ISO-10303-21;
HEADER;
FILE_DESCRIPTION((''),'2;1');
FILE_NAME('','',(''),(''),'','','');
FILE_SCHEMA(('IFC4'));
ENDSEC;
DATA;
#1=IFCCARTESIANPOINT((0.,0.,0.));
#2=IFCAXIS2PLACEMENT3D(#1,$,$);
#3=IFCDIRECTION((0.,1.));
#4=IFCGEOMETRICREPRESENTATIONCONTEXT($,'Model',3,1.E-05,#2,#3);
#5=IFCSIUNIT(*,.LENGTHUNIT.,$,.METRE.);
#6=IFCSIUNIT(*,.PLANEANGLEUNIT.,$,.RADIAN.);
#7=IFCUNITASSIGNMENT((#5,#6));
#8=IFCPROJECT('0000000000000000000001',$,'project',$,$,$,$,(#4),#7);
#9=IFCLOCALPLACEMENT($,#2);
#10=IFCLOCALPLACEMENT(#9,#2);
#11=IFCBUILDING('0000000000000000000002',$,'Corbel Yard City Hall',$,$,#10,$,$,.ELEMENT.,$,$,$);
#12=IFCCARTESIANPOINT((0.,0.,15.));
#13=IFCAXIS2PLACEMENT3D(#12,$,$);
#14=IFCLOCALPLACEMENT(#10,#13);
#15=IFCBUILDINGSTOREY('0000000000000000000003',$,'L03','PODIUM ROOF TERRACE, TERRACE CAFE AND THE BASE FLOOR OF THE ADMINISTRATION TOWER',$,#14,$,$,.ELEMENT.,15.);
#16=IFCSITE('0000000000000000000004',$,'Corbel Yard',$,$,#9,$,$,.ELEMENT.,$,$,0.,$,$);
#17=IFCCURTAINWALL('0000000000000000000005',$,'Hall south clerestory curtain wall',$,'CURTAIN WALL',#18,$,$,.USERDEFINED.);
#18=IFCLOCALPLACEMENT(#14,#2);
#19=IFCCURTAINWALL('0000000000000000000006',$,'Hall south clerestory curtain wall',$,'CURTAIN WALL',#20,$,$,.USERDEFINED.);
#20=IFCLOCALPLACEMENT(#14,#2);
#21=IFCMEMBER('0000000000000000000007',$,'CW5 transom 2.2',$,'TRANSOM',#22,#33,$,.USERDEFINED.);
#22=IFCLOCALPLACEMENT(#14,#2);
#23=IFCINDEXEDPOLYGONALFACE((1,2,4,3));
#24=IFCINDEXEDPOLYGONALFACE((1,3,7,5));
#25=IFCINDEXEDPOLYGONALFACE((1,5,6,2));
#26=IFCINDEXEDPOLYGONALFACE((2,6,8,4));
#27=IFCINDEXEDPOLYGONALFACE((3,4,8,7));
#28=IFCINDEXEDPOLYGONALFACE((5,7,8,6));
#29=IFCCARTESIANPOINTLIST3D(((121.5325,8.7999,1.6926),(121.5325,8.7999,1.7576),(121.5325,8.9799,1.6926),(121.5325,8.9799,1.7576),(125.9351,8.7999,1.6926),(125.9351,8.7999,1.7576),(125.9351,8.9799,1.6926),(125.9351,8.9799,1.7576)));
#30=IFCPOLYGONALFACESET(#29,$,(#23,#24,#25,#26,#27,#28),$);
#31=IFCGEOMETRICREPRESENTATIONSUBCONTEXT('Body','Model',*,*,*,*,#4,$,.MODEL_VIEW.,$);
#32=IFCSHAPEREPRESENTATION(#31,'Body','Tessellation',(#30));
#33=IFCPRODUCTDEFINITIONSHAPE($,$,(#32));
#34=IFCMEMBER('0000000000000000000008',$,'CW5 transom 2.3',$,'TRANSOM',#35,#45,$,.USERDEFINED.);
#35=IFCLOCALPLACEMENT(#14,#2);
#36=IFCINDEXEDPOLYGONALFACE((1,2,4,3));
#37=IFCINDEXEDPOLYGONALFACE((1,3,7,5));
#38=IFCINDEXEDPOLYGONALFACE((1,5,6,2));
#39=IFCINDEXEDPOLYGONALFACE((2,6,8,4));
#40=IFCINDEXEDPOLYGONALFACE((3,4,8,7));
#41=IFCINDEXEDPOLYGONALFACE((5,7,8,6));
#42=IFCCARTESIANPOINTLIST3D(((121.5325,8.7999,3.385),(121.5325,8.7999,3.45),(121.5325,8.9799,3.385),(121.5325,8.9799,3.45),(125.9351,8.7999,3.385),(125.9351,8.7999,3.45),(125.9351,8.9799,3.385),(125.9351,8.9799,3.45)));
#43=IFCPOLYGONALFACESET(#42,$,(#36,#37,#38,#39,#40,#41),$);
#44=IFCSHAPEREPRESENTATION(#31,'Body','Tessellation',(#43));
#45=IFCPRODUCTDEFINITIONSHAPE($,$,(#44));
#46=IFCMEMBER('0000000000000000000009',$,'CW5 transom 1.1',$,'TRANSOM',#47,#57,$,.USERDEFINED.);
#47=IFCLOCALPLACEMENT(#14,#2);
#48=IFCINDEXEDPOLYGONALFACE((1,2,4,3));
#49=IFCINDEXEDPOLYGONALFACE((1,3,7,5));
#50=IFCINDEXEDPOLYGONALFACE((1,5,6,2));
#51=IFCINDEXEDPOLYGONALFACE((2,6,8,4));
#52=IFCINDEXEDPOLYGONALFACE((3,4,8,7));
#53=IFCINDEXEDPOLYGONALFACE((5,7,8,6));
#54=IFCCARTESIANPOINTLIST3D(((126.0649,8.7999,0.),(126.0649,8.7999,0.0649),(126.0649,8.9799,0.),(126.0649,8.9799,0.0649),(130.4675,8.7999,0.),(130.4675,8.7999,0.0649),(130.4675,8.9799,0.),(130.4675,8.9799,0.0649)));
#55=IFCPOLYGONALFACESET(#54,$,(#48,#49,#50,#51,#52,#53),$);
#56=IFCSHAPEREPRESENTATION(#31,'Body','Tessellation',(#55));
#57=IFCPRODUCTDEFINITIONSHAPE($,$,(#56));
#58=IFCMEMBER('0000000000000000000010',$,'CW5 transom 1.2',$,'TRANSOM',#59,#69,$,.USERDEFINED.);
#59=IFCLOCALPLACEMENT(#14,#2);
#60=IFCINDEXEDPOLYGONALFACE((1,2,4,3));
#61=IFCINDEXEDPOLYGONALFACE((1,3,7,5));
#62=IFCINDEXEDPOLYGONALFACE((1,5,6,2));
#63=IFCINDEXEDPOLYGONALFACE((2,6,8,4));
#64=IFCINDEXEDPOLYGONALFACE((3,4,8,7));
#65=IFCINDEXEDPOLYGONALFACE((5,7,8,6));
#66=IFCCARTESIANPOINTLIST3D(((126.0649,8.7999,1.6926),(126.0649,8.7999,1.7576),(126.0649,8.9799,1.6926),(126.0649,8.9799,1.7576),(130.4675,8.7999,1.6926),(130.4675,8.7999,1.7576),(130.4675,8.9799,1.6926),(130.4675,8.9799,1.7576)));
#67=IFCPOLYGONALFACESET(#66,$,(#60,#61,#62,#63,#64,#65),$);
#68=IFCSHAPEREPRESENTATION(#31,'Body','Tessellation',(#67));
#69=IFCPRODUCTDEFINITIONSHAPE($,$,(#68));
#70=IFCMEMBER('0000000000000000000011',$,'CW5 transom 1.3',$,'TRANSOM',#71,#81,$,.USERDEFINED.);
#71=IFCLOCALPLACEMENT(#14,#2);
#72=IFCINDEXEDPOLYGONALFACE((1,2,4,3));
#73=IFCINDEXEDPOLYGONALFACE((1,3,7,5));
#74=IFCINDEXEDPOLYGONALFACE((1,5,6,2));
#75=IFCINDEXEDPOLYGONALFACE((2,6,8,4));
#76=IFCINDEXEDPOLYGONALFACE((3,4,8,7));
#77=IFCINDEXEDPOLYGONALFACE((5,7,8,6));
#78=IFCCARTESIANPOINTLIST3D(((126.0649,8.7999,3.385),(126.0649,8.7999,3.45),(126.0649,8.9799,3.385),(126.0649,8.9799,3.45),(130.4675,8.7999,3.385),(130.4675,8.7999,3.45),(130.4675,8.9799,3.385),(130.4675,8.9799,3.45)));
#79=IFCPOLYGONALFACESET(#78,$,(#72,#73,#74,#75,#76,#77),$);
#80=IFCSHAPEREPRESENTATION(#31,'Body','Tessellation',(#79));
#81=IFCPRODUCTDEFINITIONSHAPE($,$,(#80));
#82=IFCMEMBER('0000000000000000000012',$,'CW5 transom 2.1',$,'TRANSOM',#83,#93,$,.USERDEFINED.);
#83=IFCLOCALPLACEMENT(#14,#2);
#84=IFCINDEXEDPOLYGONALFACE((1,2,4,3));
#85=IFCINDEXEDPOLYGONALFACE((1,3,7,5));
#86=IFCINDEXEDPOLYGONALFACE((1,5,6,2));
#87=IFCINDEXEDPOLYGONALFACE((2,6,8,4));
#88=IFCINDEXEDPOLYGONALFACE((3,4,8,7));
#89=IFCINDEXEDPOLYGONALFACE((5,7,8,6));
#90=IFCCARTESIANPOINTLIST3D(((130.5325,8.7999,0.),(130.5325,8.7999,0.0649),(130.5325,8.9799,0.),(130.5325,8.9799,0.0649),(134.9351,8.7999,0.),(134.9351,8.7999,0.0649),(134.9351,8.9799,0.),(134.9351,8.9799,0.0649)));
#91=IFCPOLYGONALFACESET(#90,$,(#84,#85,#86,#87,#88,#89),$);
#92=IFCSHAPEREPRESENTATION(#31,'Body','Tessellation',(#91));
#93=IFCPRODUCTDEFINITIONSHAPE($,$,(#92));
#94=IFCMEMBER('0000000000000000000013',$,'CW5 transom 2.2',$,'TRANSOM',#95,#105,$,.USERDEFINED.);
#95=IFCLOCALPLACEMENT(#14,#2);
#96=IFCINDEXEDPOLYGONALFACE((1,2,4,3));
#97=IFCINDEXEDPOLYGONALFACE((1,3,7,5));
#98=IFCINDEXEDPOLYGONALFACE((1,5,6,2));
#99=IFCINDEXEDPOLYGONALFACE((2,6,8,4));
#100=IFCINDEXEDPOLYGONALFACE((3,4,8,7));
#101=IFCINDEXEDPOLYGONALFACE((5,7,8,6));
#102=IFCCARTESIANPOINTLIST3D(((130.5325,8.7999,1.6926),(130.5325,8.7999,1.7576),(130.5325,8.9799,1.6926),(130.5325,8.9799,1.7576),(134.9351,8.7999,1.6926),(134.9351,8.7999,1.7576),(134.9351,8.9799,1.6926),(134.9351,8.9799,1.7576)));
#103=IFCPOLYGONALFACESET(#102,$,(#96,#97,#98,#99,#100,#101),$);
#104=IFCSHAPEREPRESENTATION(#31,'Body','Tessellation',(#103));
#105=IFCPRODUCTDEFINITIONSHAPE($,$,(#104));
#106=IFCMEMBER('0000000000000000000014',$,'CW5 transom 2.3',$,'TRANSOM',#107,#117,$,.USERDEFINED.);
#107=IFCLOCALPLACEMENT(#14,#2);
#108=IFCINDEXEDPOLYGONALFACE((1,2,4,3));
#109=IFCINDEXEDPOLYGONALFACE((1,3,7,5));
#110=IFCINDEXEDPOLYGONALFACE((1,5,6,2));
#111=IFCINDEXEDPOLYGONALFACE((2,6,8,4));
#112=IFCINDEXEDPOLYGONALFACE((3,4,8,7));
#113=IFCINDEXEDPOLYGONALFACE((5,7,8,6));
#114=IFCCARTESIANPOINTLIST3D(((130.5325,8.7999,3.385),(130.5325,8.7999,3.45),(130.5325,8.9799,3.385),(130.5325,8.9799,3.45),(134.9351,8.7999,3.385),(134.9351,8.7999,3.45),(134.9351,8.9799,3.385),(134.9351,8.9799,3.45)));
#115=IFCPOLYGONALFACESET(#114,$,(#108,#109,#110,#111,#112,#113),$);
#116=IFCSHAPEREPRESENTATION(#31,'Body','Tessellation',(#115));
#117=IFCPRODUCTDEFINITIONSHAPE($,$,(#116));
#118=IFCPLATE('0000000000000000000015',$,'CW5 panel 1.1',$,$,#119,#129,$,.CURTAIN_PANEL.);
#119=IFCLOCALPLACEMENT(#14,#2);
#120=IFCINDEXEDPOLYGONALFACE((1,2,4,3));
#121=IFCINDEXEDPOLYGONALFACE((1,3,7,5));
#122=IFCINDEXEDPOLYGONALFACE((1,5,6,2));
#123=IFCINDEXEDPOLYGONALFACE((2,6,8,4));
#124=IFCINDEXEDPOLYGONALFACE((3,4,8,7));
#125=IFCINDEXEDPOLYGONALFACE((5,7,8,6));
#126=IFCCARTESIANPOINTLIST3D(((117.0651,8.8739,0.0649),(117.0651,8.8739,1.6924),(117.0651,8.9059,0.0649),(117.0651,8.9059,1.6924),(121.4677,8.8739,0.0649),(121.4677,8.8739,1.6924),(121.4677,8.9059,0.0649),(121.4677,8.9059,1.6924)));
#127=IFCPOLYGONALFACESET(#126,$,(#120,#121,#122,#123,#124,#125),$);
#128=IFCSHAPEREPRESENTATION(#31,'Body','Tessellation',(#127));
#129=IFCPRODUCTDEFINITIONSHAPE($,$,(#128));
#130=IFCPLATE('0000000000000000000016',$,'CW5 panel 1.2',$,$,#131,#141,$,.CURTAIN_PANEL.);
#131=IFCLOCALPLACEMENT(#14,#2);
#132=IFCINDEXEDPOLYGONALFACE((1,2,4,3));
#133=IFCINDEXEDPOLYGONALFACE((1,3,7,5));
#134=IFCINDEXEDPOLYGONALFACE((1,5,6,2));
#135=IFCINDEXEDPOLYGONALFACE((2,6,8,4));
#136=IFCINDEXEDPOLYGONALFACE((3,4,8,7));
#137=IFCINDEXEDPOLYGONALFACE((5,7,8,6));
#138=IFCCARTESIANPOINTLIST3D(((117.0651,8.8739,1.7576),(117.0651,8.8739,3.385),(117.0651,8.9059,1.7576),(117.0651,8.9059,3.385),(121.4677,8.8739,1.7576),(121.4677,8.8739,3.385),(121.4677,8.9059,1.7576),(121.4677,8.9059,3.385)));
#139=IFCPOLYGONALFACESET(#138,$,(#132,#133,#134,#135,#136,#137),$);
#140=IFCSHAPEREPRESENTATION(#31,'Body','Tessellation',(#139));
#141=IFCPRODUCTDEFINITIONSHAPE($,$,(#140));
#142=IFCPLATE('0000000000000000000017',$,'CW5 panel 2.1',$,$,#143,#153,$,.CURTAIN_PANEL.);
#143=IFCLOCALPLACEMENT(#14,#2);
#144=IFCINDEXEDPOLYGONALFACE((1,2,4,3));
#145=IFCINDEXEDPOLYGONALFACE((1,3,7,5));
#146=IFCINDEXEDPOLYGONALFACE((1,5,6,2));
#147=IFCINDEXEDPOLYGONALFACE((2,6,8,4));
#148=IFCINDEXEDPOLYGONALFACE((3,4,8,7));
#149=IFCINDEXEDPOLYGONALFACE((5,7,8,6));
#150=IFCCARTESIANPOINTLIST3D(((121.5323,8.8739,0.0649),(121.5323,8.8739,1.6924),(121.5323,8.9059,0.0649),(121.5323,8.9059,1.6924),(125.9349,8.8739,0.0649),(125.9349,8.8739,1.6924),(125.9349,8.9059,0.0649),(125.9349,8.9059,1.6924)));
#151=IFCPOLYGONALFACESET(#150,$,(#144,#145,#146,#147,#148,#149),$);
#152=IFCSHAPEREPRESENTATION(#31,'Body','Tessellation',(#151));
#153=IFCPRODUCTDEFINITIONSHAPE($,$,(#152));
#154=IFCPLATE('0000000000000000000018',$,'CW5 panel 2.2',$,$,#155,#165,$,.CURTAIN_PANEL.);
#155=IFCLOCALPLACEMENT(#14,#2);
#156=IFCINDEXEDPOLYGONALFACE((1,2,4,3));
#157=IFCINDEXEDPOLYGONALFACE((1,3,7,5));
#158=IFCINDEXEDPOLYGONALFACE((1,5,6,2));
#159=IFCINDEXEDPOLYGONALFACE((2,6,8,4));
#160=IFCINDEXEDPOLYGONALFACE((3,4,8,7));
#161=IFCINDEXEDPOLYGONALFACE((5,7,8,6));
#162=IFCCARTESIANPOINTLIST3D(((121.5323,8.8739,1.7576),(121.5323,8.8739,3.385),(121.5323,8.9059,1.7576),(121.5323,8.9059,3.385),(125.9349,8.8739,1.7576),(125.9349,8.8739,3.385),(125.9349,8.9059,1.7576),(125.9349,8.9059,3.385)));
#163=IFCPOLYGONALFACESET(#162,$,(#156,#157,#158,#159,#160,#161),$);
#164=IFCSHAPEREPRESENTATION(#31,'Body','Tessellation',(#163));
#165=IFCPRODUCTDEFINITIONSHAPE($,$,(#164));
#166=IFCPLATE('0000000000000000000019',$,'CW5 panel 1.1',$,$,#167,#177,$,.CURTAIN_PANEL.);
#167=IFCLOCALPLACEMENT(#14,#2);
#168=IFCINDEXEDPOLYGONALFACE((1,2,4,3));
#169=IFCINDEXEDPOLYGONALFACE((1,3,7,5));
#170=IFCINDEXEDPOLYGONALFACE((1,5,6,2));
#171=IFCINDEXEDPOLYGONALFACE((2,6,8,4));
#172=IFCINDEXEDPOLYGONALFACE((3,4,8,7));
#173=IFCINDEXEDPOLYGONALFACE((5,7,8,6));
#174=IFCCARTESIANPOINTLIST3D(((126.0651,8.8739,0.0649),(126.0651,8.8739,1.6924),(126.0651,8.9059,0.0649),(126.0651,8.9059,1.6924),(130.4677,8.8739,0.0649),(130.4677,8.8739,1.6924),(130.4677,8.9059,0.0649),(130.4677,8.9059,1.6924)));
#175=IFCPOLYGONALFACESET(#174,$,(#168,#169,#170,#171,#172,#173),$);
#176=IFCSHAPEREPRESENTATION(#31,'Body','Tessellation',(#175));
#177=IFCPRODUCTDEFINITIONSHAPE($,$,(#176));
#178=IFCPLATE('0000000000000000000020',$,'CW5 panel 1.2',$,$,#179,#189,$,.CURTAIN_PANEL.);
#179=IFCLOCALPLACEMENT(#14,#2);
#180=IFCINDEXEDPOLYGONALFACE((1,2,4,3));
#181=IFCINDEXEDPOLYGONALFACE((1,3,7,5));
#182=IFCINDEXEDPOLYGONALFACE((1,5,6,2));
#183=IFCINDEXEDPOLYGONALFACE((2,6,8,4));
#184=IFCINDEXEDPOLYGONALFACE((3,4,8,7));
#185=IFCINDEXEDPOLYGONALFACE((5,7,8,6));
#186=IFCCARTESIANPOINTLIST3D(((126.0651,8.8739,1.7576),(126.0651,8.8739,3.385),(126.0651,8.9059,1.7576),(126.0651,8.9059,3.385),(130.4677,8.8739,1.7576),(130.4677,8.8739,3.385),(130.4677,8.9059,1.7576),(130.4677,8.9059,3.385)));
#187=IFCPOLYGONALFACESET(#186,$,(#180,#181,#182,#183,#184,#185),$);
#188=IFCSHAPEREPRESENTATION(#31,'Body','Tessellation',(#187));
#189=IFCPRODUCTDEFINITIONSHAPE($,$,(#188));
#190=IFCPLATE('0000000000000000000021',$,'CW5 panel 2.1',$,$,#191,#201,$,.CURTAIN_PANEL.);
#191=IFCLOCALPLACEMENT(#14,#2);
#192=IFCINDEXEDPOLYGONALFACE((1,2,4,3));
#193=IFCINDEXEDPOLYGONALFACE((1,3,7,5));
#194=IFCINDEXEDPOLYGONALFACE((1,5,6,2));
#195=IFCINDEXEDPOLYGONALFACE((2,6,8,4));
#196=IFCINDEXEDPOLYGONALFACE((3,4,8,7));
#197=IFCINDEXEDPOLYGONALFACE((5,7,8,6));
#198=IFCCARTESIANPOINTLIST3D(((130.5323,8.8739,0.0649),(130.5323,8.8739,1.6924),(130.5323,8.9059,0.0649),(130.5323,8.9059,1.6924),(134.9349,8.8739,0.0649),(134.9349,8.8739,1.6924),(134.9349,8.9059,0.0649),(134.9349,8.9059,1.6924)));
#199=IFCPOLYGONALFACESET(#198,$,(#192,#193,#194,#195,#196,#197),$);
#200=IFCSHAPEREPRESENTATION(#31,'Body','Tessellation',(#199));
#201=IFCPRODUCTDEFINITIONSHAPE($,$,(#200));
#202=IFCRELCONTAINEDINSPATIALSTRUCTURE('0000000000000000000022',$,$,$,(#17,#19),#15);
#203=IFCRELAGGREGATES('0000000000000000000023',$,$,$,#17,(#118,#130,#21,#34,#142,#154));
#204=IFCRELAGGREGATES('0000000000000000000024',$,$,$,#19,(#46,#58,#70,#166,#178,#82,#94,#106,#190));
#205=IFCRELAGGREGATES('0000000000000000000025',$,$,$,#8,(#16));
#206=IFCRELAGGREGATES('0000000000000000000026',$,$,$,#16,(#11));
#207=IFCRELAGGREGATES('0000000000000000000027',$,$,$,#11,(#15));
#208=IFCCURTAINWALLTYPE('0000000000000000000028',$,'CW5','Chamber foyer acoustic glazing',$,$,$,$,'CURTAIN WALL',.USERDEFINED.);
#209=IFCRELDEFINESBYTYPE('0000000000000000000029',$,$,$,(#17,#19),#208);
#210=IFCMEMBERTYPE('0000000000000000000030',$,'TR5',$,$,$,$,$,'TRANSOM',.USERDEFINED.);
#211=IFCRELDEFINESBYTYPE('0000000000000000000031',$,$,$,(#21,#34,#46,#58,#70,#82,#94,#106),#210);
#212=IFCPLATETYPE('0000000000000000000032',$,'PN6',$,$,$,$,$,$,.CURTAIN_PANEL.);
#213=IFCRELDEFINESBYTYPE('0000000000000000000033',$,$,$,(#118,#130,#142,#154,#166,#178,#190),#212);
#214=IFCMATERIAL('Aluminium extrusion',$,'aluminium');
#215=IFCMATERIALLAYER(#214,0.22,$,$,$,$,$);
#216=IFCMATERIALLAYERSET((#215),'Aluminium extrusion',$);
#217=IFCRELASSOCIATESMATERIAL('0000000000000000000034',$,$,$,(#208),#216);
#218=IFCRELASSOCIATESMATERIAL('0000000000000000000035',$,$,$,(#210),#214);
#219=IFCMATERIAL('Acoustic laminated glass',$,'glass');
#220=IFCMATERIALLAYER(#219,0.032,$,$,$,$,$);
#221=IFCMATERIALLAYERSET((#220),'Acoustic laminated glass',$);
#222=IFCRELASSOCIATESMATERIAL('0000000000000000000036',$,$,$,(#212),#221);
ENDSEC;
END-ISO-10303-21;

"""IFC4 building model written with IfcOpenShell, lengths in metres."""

from ifc_helpers import new_model, si_unit, direction, frame, origin, origin_2d, place, context, subcontext, project, spatial, rectangle, extrude, material, layer, layer_set, material_profile, profile_set, type_object, element, aggregate, save


model = new_model("IFC4")

# Units and contexts
model_context = context("Model", 3, precision=1e-05, world=origin(), true_north=direction((0.0, 1.0)))
body_context = subcontext(model_context, "Body", "Model", "MODEL_VIEW")
ifc_project = project(units=[si_unit("LENGTHUNIT", "METRE"), si_unit("PLANEANGLEUNIT", "RADIAN")], contexts=[model_context])

# Site, building, storey
site_placement = place(None, origin())
site = spatial("IfcSite", under=ifc_project, at=site_placement, Name="Corbel Yard", CompositionType="ELEMENT", RefElevation=0.0)
building_placement = place(site_placement, origin())
building = spatial("IfcBuilding", under=site, at=building_placement, Name="Corbel Yard City Hall", CompositionType="ELEMENT")
storey_placement = place(building_placement, frame((0.0, 0.0, 15.0)))
storey = spatial("IfcBuildingStorey", under=building, at=storey_placement, Name="L03", Description="PODIUM ROOF TERRACE, TERRACE CAFE AND THE BASE FLOOR OF THE ADMINISTRATION TOWER", CompositionType="ELEMENT", Elevation=15.0)

# Curtain walls
ifc_material_1 = material(Name="Aluminium extrusion", Category="aluminium")
ifc_layer_1 = layer(ifc_material_1, 0.22)
ifc_layer_set_1 = layer_set([ifc_layer_1], Name="Aluminium extrusion")
curtain_wall_type = type_object("IfcCurtainWallType", Name="CW5", Description="Chamber foyer acoustic glazing", ElementType="CURTAIN WALL", PredefinedType="USERDEFINED", material=ifc_layer_set_1)
curtain_wall_1_placement = place(storey_placement, origin())
curtain_wall_1 = element("IfcCurtainWall", 1, at=curtain_wall_1_placement, inside=storey, type_object=curtain_wall_type, Name="Hall south clerestory curtain wall", ObjectType="CURTAIN WALL", PredefinedType="USERDEFINED")
curtain_wall_2_placement = place(storey_placement, origin())
curtain_wall_2 = element("IfcCurtainWall", 2, at=curtain_wall_2_placement, inside=storey, type_object=curtain_wall_type, Name="Hall south clerestory curtain wall", ObjectType="CURTAIN WALL", PredefinedType="USERDEFINED")

# Members
ifc_material_profile_1 = material_profile(ifc_material_1, rectangle(XDim=0.1799, YDim=0.0649, at=origin_2d()), Name="180x65")
ifc_profile_set_1 = profile_set([ifc_material_profile_1], Name="Aluminium extrusion")
member_type_1 = type_object("IfcMemberType", Name="TR5", ElementType="TRANSOM", PredefinedType="USERDEFINED", material=ifc_profile_set_1)
member_1_placement = place(storey_placement, frame((121.5325, 8.8899, 1.7251), z_axis=(1.0, 0.0, 0.0), x_axis=(0.0, 1.0, 0.0)))
member_1 = element("IfcMember", 3, at=member_1_placement, type_object=member_type_1, Name="CW5 transom 2.2", ObjectType="TRANSOM", PredefinedType="USERDEFINED", context=body_context, shape_type="SweptSolid", body=[
    extrude(rectangle(XDim=0.1799, YDim=0.0649, at=origin_2d()), origin(), (0.0, 0.0, 1.0), 4.4026),
])
member_2_placement = place(storey_placement, frame((121.5325, 8.8899, 3.4175), z_axis=(1.0, 0.0, 0.0), x_axis=(0.0, 1.0, 0.0)))
member_2 = element("IfcMember", 4, at=member_2_placement, type_object=member_type_1, Name="CW5 transom 2.3", ObjectType="TRANSOM", PredefinedType="USERDEFINED", context=body_context, shape_type="SweptSolid", body=[
    extrude(rectangle(XDim=0.1799, YDim=0.0649, at=origin_2d()), origin(), (0.0, 0.0, 1.0), 4.4026),
])
member_3_placement = place(storey_placement, frame((126.0649, 8.8899, 0.0325), z_axis=(1.0, 0.0, 0.0), x_axis=(0.0, 1.0, 0.0)))
member_3 = element("IfcMember", 5, at=member_3_placement, type_object=member_type_1, Name="CW5 transom 1.1", ObjectType="TRANSOM", PredefinedType="USERDEFINED", context=body_context, shape_type="SweptSolid", body=[
    extrude(rectangle(XDim=0.1799, YDim=0.0649, at=origin_2d()), origin(), (0.0, 0.0, 1.0), 4.4026),
])
member_4_placement = place(storey_placement, frame((126.0649, 8.8899, 1.7251), z_axis=(1.0, 0.0, 0.0), x_axis=(0.0, 1.0, 0.0)))
member_4 = element("IfcMember", 6, at=member_4_placement, type_object=member_type_1, Name="CW5 transom 1.2", ObjectType="TRANSOM", PredefinedType="USERDEFINED", context=body_context, shape_type="SweptSolid", body=[
    extrude(rectangle(XDim=0.1799, YDim=0.0649, at=origin_2d()), origin(), (0.0, 0.0, 1.0), 4.4026),
])
member_5_placement = place(storey_placement, frame((126.0649, 8.8899, 3.4175), z_axis=(1.0, 0.0, 0.0), x_axis=(0.0, 1.0, 0.0)))
member_5 = element("IfcMember", 7, at=member_5_placement, type_object=member_type_1, Name="CW5 transom 1.3", ObjectType="TRANSOM", PredefinedType="USERDEFINED", context=body_context, shape_type="SweptSolid", body=[
    extrude(rectangle(XDim=0.1799, YDim=0.0649, at=origin_2d()), origin(), (0.0, 0.0, 1.0), 4.4026),
])
member_6_placement = place(storey_placement, frame((130.5325, 8.8899, 0.0325), z_axis=(1.0, 0.0, 0.0), x_axis=(0.0, 1.0, 0.0)))
member_6 = element("IfcMember", 8, at=member_6_placement, type_object=member_type_1, Name="CW5 transom 2.1", ObjectType="TRANSOM", PredefinedType="USERDEFINED", context=body_context, shape_type="SweptSolid", body=[
    extrude(rectangle(XDim=0.1799, YDim=0.0649, at=origin_2d()), origin(), (0.0, 0.0, 1.0), 4.4026),
])
member_7_placement = place(storey_placement, frame((130.5325, 8.8899, 1.7251), z_axis=(1.0, 0.0, 0.0), x_axis=(0.0, 1.0, 0.0)))
member_7 = element("IfcMember", 9, at=member_7_placement, type_object=member_type_1, Name="CW5 transom 2.2", ObjectType="TRANSOM", PredefinedType="USERDEFINED", context=body_context, shape_type="SweptSolid", body=[
    extrude(rectangle(XDim=0.1799, YDim=0.0649, at=origin_2d()), origin(), (0.0, 0.0, 1.0), 4.4026),
])
member_8_placement = place(storey_placement, frame((130.5325, 8.8899, 3.4175), z_axis=(1.0, 0.0, 0.0), x_axis=(0.0, 1.0, 0.0)))
member_8 = element("IfcMember", 10, at=member_8_placement, type_object=member_type_1, Name="CW5 transom 2.3", ObjectType="TRANSOM", PredefinedType="USERDEFINED", context=body_context, shape_type="SweptSolid", body=[
    extrude(rectangle(XDim=0.1799, YDim=0.0649, at=origin_2d()), origin(), (0.0, 0.0, 1.0), 4.4026),
])

# Plates
ifc_material_2 = material(Name="Acoustic laminated glass", Category="glass")
ifc_layer_2 = layer(ifc_material_2, 0.032)
ifc_layer_set_2 = layer_set([ifc_layer_2], Name="Acoustic laminated glass")
plate_type = type_object("IfcPlateType", Name="PN6", PredefinedType="CURTAIN_PANEL", material=ifc_layer_set_2)
plate_1_placement = place(storey_placement, frame((119.2664, 8.8899, 0.0649), z_axis=(0.0, 0.0, 1.0), x_axis=(1.0, 0.0, 0.0)))
plate_1 = element("IfcPlate", 11, at=plate_1_placement, type_object=plate_type, Name="CW5 panel 1.1", PredefinedType="CURTAIN_PANEL", context=body_context, shape_type="SweptSolid", body=[
    extrude(rectangle(XDim=4.4026, YDim=0.032, at=origin_2d()), origin(), (0.0, 0.0, 1.0), 1.6274),
])
plate_2_placement = place(storey_placement, frame((119.2664, 8.8899, 1.7576), z_axis=(0.0, 0.0, 1.0), x_axis=(1.0, 0.0, 0.0)))
plate_2 = element("IfcPlate", 12, at=plate_2_placement, type_object=plate_type, Name="CW5 panel 1.2", PredefinedType="CURTAIN_PANEL", context=body_context, shape_type="SweptSolid", body=[
    extrude(rectangle(XDim=4.4026, YDim=0.032, at=origin_2d()), origin(), (0.0, 0.0, 1.0), 1.6274),
])
plate_3_placement = place(storey_placement, frame((123.7336, 8.8899, 0.0649), z_axis=(0.0, 0.0, 1.0), x_axis=(1.0, 0.0, 0.0)))
plate_3 = element("IfcPlate", 13, at=plate_3_placement, type_object=plate_type, Name="CW5 panel 2.1", PredefinedType="CURTAIN_PANEL", context=body_context, shape_type="SweptSolid", body=[
    extrude(rectangle(XDim=4.4026, YDim=0.032, at=origin_2d()), origin(), (0.0, 0.0, 1.0), 1.6274),
])
plate_4_placement = place(storey_placement, frame((123.7336, 8.8899, 1.7576), z_axis=(0.0, 0.0, 1.0), x_axis=(1.0, 0.0, 0.0)))
plate_4 = element("IfcPlate", 14, at=plate_4_placement, type_object=plate_type, Name="CW5 panel 2.2", PredefinedType="CURTAIN_PANEL", context=body_context, shape_type="SweptSolid", body=[
    extrude(rectangle(XDim=4.4026, YDim=0.032, at=origin_2d()), origin(), (0.0, 0.0, 1.0), 1.6274),
])
aggregate(curtain_wall_1, [plate_1, plate_2, member_1, member_2, plate_3, plate_4])
plate_5_placement = place(storey_placement, frame((128.2664, 8.8899, 0.0649), z_axis=(0.0, 0.0, 1.0), x_axis=(1.0, 0.0, 0.0)))
plate_5 = element("IfcPlate", 15, at=plate_5_placement, type_object=plate_type, Name="CW5 panel 1.1", PredefinedType="CURTAIN_PANEL", context=body_context, shape_type="SweptSolid", body=[
    extrude(rectangle(XDim=4.4026, YDim=0.032, at=origin_2d()), origin(), (0.0, 0.0, 1.0), 1.6274),
])
plate_6_placement = place(storey_placement, frame((128.2664, 8.8899, 1.7576), z_axis=(0.0, 0.0, 1.0), x_axis=(1.0, 0.0, 0.0)))
plate_6 = element("IfcPlate", 16, at=plate_6_placement, type_object=plate_type, Name="CW5 panel 1.2", PredefinedType="CURTAIN_PANEL", context=body_context, shape_type="SweptSolid", body=[
    extrude(rectangle(XDim=4.4026, YDim=0.032, at=origin_2d()), origin(), (0.0, 0.0, 1.0), 1.6274),
])
plate_7_placement = place(storey_placement, frame((132.7336, 8.8899, 0.0649), z_axis=(0.0, 0.0, 1.0), x_axis=(1.0, 0.0, 0.0)))
plate_7 = element("IfcPlate", 17, at=plate_7_placement, type_object=plate_type, Name="CW5 panel 2.1", PredefinedType="CURTAIN_PANEL", context=body_context, shape_type="SweptSolid", body=[
    extrude(rectangle(XDim=4.4026, YDim=0.032, at=origin_2d()), origin(), (0.0, 0.0, 1.0), 1.6274),
])
aggregate(curtain_wall_2, [member_3, member_4, member_5, plate_5, plate_6, member_6, member_7, member_8, plate_7])

save(model, "model.ifc")
